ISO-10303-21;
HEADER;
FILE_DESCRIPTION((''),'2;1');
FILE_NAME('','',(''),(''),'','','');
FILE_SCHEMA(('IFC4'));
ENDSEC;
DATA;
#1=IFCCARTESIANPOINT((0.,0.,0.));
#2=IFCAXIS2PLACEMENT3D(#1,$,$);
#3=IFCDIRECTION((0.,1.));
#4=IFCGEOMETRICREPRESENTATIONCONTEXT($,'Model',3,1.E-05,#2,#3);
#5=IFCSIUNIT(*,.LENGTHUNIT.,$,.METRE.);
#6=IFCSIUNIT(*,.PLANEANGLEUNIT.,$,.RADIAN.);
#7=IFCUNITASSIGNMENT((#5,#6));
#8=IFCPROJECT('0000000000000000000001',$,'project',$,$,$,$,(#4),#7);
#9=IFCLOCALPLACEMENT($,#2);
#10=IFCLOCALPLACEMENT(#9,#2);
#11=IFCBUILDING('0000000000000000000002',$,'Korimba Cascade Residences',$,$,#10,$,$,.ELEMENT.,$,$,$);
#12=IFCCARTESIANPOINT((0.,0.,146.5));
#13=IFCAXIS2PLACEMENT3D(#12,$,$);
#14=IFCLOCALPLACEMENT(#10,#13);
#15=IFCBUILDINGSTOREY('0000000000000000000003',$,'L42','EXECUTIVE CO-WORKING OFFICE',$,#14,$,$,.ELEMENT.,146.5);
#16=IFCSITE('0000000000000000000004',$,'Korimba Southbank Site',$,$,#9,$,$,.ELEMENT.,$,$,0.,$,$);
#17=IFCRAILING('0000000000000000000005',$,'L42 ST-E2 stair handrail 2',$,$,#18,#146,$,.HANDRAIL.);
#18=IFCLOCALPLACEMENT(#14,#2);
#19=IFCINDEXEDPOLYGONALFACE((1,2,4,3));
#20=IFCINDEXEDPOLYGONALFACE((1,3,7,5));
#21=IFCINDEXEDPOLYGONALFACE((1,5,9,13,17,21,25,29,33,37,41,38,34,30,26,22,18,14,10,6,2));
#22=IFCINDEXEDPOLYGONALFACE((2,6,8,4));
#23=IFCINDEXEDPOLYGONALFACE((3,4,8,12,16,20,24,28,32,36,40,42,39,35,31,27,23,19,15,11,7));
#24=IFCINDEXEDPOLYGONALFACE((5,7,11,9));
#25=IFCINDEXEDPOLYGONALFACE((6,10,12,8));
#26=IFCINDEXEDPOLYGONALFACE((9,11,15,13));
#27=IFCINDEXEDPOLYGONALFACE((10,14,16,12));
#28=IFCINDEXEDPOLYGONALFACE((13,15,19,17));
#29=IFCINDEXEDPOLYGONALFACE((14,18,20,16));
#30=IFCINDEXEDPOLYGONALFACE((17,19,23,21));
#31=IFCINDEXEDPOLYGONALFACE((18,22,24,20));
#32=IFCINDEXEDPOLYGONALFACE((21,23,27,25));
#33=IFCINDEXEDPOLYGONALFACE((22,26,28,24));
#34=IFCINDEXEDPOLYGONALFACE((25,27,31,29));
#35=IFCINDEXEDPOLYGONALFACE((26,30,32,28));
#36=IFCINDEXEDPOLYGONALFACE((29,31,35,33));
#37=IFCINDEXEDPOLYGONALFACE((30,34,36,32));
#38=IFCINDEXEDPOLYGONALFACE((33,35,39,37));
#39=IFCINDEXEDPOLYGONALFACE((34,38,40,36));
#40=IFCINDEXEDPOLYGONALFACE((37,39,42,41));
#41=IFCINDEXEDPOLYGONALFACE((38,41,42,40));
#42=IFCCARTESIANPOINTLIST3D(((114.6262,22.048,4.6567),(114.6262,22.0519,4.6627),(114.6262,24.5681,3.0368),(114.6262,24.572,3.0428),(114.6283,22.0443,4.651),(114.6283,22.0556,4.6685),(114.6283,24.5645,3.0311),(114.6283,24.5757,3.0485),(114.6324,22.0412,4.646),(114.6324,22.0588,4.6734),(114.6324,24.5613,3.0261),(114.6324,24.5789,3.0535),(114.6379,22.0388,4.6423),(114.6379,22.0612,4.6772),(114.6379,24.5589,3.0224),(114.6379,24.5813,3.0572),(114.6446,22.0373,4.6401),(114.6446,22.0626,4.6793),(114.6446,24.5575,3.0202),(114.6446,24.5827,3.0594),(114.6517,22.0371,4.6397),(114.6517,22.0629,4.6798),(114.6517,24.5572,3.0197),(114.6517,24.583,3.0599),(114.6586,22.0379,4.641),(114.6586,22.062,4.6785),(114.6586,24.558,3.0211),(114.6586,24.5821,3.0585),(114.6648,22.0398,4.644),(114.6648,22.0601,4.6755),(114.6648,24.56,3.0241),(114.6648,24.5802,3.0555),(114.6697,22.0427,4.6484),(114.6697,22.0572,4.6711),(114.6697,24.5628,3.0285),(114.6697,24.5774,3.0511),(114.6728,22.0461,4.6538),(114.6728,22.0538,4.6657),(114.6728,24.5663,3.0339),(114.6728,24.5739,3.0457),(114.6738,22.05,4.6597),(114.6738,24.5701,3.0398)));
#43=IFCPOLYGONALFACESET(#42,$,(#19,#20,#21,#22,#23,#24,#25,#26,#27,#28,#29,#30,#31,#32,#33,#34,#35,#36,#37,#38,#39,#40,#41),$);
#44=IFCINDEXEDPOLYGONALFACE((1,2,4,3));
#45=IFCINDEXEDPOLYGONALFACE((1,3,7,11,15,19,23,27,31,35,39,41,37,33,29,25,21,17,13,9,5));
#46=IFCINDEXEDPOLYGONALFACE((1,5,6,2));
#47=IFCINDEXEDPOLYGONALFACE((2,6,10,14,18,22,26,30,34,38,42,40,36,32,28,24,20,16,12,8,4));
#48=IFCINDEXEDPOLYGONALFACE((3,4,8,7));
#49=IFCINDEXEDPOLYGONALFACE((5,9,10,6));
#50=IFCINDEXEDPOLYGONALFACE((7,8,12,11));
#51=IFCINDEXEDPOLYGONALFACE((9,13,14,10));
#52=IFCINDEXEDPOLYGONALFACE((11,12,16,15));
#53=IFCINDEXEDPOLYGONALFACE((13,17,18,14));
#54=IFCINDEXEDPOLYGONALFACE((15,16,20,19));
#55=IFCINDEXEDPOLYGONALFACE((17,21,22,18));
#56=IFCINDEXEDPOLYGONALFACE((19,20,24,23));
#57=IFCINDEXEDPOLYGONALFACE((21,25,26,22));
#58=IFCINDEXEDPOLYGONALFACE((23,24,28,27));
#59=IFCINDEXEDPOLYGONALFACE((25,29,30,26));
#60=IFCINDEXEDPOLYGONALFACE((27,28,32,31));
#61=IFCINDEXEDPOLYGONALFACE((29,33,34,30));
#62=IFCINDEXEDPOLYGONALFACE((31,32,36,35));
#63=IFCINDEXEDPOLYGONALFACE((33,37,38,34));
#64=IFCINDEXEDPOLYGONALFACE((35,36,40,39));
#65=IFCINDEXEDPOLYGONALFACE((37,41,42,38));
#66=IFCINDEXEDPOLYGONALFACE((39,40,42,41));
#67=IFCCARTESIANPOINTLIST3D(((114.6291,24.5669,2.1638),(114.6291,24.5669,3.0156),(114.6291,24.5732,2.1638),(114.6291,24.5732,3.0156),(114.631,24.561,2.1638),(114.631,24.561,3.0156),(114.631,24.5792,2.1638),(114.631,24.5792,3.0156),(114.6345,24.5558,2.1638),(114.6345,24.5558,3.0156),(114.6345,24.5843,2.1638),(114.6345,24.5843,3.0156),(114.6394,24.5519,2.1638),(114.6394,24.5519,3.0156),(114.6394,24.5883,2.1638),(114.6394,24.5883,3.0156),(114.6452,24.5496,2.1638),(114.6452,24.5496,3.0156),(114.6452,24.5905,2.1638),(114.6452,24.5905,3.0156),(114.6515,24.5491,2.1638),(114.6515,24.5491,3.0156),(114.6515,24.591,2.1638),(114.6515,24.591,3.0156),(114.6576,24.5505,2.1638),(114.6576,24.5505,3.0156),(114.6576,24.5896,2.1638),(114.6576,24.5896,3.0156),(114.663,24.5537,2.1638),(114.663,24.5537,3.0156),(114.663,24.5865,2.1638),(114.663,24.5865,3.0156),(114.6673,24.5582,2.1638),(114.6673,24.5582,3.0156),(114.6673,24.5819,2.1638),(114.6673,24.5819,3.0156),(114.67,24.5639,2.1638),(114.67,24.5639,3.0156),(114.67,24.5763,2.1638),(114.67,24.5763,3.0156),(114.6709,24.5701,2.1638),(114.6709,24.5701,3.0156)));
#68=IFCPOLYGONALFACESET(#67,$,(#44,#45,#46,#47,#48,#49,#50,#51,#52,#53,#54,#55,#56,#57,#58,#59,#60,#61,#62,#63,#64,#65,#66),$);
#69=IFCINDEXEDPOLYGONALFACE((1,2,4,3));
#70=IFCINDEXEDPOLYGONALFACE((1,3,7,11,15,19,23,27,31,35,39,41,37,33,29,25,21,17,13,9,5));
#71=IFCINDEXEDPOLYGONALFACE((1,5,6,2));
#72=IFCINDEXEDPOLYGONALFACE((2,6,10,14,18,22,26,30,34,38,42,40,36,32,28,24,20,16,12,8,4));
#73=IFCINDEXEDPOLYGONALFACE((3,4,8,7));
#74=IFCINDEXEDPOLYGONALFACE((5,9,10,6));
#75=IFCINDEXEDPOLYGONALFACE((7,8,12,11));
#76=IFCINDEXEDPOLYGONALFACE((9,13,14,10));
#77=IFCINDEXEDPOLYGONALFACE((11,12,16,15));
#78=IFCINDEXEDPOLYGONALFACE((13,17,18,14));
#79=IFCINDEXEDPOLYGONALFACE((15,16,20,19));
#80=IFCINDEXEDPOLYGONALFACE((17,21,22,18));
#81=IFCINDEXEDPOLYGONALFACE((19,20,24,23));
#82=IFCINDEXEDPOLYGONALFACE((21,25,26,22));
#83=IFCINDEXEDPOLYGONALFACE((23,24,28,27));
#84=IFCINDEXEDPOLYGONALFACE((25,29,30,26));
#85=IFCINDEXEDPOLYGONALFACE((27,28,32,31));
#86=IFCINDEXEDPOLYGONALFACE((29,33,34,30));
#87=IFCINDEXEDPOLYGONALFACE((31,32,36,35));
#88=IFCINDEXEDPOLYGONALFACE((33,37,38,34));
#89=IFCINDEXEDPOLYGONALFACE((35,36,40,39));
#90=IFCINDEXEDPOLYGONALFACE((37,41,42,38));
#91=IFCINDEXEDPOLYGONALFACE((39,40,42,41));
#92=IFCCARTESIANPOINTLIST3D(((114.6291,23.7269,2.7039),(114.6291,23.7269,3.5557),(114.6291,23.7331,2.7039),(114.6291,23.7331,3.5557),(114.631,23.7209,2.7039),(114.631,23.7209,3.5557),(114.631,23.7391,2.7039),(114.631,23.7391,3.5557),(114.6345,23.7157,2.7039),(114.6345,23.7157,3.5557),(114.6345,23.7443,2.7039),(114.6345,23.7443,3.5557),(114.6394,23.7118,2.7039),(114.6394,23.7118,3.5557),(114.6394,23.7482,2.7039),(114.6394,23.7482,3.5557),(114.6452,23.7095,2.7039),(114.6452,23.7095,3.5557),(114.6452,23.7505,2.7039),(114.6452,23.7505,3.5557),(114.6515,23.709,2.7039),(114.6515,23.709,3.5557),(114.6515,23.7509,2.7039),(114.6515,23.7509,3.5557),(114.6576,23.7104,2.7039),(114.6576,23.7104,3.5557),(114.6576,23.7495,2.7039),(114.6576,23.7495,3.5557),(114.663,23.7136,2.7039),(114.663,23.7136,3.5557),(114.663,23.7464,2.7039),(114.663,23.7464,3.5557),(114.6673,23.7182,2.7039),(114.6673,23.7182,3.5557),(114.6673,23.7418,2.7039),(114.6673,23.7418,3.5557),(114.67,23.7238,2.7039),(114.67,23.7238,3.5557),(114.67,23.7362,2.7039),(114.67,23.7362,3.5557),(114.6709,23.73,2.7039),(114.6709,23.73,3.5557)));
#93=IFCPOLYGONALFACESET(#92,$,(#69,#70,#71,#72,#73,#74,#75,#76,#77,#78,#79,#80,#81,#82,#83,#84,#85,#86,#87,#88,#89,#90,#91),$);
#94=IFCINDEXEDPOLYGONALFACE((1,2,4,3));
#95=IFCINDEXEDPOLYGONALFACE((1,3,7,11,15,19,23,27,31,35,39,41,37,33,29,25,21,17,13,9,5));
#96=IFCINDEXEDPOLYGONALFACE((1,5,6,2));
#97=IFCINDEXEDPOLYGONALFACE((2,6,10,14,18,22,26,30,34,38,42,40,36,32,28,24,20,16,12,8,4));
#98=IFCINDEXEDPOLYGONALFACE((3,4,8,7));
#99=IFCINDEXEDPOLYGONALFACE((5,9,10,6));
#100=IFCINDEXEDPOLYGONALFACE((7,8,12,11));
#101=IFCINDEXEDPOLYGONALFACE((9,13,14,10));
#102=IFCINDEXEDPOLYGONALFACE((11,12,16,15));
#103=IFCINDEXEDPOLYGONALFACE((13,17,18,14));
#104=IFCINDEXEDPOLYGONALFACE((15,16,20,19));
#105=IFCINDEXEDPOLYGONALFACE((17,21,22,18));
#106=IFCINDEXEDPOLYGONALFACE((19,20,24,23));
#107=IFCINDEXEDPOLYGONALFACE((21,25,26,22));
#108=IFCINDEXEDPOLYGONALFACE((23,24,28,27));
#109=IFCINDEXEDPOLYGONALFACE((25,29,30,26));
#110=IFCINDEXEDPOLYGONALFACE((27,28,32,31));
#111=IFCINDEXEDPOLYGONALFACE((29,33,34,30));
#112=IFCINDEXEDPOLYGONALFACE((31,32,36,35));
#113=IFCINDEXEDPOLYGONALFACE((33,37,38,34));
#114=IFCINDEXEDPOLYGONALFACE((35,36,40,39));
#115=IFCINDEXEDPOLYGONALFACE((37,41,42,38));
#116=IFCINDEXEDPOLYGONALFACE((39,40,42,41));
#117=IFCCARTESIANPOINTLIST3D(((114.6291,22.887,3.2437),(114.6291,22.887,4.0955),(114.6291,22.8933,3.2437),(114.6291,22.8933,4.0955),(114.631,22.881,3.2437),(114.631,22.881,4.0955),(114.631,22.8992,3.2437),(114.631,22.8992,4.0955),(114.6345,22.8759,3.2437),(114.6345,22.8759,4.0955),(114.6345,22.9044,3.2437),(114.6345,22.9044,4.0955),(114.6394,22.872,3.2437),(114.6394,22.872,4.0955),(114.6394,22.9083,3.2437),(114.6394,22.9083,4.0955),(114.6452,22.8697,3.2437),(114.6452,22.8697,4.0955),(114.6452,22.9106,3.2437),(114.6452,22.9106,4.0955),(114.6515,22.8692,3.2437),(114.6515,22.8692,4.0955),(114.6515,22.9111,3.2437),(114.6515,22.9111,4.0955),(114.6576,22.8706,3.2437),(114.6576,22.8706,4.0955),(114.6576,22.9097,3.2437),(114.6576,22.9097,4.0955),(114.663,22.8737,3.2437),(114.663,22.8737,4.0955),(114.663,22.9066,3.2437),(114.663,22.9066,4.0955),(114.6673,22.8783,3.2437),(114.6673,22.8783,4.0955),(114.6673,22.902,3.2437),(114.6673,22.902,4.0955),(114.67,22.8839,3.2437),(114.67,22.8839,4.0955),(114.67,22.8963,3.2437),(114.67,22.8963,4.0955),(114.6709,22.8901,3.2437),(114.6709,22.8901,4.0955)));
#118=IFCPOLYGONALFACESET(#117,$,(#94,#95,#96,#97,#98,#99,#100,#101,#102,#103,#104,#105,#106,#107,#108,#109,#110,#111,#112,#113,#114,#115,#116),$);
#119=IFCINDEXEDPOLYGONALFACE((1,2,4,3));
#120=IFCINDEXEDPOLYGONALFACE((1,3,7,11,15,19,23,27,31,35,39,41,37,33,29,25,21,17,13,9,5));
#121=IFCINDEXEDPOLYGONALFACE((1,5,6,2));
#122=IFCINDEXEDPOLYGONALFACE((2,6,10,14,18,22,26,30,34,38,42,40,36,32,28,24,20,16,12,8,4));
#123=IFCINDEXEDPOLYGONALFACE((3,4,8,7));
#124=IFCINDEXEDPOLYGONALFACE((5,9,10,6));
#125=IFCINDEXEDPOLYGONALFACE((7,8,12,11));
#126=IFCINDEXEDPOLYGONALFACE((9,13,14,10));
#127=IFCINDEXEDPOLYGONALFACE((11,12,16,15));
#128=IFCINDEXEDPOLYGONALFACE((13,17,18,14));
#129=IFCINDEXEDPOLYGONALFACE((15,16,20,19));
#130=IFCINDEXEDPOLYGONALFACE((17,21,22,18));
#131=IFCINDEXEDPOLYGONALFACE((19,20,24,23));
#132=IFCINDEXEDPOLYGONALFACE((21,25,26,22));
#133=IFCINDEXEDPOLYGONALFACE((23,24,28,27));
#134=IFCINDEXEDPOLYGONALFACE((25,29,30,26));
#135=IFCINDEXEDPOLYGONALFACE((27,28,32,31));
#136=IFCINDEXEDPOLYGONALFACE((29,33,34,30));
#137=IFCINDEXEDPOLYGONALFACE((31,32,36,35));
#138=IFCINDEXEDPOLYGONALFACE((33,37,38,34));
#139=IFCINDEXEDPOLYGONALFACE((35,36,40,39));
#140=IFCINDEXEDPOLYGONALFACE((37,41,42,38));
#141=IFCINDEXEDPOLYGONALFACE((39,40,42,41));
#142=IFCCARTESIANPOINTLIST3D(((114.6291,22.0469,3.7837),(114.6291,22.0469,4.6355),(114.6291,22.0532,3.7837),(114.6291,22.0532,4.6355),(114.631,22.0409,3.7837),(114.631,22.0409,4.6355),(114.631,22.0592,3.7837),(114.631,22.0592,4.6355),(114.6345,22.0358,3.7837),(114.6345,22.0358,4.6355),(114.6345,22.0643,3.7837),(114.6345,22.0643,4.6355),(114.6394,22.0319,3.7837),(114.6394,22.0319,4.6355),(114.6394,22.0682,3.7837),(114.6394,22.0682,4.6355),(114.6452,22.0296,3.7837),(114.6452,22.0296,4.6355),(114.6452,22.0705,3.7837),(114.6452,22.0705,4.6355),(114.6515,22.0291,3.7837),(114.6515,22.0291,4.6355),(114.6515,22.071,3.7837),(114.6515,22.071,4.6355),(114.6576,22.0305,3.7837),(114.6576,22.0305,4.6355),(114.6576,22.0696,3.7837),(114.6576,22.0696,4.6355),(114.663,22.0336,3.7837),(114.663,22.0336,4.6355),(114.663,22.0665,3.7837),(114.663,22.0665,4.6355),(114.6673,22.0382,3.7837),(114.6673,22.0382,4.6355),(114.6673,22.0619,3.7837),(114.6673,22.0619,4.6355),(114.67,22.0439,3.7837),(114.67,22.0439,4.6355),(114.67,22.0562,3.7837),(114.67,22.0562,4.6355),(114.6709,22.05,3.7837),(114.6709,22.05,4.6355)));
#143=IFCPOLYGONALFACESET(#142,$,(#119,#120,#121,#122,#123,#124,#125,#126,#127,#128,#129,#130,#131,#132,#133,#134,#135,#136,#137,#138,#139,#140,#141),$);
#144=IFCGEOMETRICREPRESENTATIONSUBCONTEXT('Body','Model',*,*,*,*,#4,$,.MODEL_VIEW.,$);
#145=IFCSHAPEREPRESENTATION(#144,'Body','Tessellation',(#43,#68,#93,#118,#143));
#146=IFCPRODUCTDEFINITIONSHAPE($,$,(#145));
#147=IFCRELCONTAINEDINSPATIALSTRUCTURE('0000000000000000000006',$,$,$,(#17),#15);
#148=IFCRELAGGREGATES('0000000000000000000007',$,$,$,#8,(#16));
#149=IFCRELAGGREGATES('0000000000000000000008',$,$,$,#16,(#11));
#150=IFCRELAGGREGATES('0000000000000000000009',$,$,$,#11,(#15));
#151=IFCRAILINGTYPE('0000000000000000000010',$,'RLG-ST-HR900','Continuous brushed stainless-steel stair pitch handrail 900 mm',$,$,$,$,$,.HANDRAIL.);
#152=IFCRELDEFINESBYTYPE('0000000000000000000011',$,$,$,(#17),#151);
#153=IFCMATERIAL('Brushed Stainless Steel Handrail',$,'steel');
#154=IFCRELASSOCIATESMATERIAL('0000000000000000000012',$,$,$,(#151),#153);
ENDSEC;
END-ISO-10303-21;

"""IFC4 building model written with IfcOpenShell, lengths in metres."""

from ifc_helpers import new_model, si_unit, direction, frame, origin, origin_2d, place, context, subcontext, project, spatial, circle, extrude, material, type_object, element, save


model = new_model("IFC4")

# Units and contexts
model_context = context("Model", 3, precision=1e-05, world=origin(), true_north=direction((0.0, 1.0)))
body_context = subcontext(model_context, "Body", "Model", "MODEL_VIEW")
ifc_project = project(units=[si_unit("LENGTHUNIT", "METRE"), si_unit("PLANEANGLEUNIT", "RADIAN")], contexts=[model_context])

# Site, building, storey
site_placement = place(None, origin())
site = spatial("IfcSite", under=ifc_project, at=site_placement, Name="Korimba Southbank Site", CompositionType="ELEMENT", RefElevation=0.0)
building_placement = place(site_placement, origin())
building = spatial("IfcBuilding", under=site, at=building_placement, Name="Korimba Cascade Residences", CompositionType="ELEMENT")
storey_placement = place(building_placement, frame((0.0, 0.0, 146.5)))
storey = spatial("IfcBuildingStorey", under=building, at=storey_placement, Name="L42", Description="EXECUTIVE CO-WORKING OFFICE", CompositionType="ELEMENT", Elevation=146.5)

# Railing
ifc_material_1 = material(Name="Brushed Stainless Steel Handrail", Category="steel")
railing_type_1 = type_object("IfcRailingType", Name="RLG-ST-HR900", Description="Continuous brushed stainless-steel stair pitch handrail 900 mm", PredefinedType="HANDRAIL", material=ifc_material_1)
railing_1_placement = place(storey_placement, frame((114.6499, 24.5701, 2.1638)))
element("IfcRailing", 1, at=railing_1_placement, inside=storey, type_object=railing_type_1, Name="L42 ST-E2 stair handrail 2", PredefinedType="HANDRAIL", context=body_context, shape_type="SweptSolid", body=[
    extrude(circle(Radius=0.0239, at=origin_2d()), frame((0.0, 0.0, 0.876), z_axis=(0.0, -0.8412, 0.540725), x_axis=(1.0, 0.0, 0.0)), (0.0, 0.0, 1.0), 2.9958),
    extrude(circle(Radius=0.021, at=origin_2d()), origin(), (0.0, 0.0, 1.0), 0.8518),
    extrude(circle(Radius=0.021, at=origin_2d()), frame((0.0, -0.8401, 0.54)), (0.0, 0.0, 1.0), 0.8518),
    extrude(circle(Radius=0.021, at=origin_2d()), frame((0.0, -1.6799, 1.0798)), (0.0, 0.0, 1.0), 0.8518),
    extrude(circle(Radius=0.021, at=origin_2d()), frame((0.0, -2.52, 1.6199)), (0.0, 0.0, 1.0), 0.8518),
])

save(model, "model.ifc")
